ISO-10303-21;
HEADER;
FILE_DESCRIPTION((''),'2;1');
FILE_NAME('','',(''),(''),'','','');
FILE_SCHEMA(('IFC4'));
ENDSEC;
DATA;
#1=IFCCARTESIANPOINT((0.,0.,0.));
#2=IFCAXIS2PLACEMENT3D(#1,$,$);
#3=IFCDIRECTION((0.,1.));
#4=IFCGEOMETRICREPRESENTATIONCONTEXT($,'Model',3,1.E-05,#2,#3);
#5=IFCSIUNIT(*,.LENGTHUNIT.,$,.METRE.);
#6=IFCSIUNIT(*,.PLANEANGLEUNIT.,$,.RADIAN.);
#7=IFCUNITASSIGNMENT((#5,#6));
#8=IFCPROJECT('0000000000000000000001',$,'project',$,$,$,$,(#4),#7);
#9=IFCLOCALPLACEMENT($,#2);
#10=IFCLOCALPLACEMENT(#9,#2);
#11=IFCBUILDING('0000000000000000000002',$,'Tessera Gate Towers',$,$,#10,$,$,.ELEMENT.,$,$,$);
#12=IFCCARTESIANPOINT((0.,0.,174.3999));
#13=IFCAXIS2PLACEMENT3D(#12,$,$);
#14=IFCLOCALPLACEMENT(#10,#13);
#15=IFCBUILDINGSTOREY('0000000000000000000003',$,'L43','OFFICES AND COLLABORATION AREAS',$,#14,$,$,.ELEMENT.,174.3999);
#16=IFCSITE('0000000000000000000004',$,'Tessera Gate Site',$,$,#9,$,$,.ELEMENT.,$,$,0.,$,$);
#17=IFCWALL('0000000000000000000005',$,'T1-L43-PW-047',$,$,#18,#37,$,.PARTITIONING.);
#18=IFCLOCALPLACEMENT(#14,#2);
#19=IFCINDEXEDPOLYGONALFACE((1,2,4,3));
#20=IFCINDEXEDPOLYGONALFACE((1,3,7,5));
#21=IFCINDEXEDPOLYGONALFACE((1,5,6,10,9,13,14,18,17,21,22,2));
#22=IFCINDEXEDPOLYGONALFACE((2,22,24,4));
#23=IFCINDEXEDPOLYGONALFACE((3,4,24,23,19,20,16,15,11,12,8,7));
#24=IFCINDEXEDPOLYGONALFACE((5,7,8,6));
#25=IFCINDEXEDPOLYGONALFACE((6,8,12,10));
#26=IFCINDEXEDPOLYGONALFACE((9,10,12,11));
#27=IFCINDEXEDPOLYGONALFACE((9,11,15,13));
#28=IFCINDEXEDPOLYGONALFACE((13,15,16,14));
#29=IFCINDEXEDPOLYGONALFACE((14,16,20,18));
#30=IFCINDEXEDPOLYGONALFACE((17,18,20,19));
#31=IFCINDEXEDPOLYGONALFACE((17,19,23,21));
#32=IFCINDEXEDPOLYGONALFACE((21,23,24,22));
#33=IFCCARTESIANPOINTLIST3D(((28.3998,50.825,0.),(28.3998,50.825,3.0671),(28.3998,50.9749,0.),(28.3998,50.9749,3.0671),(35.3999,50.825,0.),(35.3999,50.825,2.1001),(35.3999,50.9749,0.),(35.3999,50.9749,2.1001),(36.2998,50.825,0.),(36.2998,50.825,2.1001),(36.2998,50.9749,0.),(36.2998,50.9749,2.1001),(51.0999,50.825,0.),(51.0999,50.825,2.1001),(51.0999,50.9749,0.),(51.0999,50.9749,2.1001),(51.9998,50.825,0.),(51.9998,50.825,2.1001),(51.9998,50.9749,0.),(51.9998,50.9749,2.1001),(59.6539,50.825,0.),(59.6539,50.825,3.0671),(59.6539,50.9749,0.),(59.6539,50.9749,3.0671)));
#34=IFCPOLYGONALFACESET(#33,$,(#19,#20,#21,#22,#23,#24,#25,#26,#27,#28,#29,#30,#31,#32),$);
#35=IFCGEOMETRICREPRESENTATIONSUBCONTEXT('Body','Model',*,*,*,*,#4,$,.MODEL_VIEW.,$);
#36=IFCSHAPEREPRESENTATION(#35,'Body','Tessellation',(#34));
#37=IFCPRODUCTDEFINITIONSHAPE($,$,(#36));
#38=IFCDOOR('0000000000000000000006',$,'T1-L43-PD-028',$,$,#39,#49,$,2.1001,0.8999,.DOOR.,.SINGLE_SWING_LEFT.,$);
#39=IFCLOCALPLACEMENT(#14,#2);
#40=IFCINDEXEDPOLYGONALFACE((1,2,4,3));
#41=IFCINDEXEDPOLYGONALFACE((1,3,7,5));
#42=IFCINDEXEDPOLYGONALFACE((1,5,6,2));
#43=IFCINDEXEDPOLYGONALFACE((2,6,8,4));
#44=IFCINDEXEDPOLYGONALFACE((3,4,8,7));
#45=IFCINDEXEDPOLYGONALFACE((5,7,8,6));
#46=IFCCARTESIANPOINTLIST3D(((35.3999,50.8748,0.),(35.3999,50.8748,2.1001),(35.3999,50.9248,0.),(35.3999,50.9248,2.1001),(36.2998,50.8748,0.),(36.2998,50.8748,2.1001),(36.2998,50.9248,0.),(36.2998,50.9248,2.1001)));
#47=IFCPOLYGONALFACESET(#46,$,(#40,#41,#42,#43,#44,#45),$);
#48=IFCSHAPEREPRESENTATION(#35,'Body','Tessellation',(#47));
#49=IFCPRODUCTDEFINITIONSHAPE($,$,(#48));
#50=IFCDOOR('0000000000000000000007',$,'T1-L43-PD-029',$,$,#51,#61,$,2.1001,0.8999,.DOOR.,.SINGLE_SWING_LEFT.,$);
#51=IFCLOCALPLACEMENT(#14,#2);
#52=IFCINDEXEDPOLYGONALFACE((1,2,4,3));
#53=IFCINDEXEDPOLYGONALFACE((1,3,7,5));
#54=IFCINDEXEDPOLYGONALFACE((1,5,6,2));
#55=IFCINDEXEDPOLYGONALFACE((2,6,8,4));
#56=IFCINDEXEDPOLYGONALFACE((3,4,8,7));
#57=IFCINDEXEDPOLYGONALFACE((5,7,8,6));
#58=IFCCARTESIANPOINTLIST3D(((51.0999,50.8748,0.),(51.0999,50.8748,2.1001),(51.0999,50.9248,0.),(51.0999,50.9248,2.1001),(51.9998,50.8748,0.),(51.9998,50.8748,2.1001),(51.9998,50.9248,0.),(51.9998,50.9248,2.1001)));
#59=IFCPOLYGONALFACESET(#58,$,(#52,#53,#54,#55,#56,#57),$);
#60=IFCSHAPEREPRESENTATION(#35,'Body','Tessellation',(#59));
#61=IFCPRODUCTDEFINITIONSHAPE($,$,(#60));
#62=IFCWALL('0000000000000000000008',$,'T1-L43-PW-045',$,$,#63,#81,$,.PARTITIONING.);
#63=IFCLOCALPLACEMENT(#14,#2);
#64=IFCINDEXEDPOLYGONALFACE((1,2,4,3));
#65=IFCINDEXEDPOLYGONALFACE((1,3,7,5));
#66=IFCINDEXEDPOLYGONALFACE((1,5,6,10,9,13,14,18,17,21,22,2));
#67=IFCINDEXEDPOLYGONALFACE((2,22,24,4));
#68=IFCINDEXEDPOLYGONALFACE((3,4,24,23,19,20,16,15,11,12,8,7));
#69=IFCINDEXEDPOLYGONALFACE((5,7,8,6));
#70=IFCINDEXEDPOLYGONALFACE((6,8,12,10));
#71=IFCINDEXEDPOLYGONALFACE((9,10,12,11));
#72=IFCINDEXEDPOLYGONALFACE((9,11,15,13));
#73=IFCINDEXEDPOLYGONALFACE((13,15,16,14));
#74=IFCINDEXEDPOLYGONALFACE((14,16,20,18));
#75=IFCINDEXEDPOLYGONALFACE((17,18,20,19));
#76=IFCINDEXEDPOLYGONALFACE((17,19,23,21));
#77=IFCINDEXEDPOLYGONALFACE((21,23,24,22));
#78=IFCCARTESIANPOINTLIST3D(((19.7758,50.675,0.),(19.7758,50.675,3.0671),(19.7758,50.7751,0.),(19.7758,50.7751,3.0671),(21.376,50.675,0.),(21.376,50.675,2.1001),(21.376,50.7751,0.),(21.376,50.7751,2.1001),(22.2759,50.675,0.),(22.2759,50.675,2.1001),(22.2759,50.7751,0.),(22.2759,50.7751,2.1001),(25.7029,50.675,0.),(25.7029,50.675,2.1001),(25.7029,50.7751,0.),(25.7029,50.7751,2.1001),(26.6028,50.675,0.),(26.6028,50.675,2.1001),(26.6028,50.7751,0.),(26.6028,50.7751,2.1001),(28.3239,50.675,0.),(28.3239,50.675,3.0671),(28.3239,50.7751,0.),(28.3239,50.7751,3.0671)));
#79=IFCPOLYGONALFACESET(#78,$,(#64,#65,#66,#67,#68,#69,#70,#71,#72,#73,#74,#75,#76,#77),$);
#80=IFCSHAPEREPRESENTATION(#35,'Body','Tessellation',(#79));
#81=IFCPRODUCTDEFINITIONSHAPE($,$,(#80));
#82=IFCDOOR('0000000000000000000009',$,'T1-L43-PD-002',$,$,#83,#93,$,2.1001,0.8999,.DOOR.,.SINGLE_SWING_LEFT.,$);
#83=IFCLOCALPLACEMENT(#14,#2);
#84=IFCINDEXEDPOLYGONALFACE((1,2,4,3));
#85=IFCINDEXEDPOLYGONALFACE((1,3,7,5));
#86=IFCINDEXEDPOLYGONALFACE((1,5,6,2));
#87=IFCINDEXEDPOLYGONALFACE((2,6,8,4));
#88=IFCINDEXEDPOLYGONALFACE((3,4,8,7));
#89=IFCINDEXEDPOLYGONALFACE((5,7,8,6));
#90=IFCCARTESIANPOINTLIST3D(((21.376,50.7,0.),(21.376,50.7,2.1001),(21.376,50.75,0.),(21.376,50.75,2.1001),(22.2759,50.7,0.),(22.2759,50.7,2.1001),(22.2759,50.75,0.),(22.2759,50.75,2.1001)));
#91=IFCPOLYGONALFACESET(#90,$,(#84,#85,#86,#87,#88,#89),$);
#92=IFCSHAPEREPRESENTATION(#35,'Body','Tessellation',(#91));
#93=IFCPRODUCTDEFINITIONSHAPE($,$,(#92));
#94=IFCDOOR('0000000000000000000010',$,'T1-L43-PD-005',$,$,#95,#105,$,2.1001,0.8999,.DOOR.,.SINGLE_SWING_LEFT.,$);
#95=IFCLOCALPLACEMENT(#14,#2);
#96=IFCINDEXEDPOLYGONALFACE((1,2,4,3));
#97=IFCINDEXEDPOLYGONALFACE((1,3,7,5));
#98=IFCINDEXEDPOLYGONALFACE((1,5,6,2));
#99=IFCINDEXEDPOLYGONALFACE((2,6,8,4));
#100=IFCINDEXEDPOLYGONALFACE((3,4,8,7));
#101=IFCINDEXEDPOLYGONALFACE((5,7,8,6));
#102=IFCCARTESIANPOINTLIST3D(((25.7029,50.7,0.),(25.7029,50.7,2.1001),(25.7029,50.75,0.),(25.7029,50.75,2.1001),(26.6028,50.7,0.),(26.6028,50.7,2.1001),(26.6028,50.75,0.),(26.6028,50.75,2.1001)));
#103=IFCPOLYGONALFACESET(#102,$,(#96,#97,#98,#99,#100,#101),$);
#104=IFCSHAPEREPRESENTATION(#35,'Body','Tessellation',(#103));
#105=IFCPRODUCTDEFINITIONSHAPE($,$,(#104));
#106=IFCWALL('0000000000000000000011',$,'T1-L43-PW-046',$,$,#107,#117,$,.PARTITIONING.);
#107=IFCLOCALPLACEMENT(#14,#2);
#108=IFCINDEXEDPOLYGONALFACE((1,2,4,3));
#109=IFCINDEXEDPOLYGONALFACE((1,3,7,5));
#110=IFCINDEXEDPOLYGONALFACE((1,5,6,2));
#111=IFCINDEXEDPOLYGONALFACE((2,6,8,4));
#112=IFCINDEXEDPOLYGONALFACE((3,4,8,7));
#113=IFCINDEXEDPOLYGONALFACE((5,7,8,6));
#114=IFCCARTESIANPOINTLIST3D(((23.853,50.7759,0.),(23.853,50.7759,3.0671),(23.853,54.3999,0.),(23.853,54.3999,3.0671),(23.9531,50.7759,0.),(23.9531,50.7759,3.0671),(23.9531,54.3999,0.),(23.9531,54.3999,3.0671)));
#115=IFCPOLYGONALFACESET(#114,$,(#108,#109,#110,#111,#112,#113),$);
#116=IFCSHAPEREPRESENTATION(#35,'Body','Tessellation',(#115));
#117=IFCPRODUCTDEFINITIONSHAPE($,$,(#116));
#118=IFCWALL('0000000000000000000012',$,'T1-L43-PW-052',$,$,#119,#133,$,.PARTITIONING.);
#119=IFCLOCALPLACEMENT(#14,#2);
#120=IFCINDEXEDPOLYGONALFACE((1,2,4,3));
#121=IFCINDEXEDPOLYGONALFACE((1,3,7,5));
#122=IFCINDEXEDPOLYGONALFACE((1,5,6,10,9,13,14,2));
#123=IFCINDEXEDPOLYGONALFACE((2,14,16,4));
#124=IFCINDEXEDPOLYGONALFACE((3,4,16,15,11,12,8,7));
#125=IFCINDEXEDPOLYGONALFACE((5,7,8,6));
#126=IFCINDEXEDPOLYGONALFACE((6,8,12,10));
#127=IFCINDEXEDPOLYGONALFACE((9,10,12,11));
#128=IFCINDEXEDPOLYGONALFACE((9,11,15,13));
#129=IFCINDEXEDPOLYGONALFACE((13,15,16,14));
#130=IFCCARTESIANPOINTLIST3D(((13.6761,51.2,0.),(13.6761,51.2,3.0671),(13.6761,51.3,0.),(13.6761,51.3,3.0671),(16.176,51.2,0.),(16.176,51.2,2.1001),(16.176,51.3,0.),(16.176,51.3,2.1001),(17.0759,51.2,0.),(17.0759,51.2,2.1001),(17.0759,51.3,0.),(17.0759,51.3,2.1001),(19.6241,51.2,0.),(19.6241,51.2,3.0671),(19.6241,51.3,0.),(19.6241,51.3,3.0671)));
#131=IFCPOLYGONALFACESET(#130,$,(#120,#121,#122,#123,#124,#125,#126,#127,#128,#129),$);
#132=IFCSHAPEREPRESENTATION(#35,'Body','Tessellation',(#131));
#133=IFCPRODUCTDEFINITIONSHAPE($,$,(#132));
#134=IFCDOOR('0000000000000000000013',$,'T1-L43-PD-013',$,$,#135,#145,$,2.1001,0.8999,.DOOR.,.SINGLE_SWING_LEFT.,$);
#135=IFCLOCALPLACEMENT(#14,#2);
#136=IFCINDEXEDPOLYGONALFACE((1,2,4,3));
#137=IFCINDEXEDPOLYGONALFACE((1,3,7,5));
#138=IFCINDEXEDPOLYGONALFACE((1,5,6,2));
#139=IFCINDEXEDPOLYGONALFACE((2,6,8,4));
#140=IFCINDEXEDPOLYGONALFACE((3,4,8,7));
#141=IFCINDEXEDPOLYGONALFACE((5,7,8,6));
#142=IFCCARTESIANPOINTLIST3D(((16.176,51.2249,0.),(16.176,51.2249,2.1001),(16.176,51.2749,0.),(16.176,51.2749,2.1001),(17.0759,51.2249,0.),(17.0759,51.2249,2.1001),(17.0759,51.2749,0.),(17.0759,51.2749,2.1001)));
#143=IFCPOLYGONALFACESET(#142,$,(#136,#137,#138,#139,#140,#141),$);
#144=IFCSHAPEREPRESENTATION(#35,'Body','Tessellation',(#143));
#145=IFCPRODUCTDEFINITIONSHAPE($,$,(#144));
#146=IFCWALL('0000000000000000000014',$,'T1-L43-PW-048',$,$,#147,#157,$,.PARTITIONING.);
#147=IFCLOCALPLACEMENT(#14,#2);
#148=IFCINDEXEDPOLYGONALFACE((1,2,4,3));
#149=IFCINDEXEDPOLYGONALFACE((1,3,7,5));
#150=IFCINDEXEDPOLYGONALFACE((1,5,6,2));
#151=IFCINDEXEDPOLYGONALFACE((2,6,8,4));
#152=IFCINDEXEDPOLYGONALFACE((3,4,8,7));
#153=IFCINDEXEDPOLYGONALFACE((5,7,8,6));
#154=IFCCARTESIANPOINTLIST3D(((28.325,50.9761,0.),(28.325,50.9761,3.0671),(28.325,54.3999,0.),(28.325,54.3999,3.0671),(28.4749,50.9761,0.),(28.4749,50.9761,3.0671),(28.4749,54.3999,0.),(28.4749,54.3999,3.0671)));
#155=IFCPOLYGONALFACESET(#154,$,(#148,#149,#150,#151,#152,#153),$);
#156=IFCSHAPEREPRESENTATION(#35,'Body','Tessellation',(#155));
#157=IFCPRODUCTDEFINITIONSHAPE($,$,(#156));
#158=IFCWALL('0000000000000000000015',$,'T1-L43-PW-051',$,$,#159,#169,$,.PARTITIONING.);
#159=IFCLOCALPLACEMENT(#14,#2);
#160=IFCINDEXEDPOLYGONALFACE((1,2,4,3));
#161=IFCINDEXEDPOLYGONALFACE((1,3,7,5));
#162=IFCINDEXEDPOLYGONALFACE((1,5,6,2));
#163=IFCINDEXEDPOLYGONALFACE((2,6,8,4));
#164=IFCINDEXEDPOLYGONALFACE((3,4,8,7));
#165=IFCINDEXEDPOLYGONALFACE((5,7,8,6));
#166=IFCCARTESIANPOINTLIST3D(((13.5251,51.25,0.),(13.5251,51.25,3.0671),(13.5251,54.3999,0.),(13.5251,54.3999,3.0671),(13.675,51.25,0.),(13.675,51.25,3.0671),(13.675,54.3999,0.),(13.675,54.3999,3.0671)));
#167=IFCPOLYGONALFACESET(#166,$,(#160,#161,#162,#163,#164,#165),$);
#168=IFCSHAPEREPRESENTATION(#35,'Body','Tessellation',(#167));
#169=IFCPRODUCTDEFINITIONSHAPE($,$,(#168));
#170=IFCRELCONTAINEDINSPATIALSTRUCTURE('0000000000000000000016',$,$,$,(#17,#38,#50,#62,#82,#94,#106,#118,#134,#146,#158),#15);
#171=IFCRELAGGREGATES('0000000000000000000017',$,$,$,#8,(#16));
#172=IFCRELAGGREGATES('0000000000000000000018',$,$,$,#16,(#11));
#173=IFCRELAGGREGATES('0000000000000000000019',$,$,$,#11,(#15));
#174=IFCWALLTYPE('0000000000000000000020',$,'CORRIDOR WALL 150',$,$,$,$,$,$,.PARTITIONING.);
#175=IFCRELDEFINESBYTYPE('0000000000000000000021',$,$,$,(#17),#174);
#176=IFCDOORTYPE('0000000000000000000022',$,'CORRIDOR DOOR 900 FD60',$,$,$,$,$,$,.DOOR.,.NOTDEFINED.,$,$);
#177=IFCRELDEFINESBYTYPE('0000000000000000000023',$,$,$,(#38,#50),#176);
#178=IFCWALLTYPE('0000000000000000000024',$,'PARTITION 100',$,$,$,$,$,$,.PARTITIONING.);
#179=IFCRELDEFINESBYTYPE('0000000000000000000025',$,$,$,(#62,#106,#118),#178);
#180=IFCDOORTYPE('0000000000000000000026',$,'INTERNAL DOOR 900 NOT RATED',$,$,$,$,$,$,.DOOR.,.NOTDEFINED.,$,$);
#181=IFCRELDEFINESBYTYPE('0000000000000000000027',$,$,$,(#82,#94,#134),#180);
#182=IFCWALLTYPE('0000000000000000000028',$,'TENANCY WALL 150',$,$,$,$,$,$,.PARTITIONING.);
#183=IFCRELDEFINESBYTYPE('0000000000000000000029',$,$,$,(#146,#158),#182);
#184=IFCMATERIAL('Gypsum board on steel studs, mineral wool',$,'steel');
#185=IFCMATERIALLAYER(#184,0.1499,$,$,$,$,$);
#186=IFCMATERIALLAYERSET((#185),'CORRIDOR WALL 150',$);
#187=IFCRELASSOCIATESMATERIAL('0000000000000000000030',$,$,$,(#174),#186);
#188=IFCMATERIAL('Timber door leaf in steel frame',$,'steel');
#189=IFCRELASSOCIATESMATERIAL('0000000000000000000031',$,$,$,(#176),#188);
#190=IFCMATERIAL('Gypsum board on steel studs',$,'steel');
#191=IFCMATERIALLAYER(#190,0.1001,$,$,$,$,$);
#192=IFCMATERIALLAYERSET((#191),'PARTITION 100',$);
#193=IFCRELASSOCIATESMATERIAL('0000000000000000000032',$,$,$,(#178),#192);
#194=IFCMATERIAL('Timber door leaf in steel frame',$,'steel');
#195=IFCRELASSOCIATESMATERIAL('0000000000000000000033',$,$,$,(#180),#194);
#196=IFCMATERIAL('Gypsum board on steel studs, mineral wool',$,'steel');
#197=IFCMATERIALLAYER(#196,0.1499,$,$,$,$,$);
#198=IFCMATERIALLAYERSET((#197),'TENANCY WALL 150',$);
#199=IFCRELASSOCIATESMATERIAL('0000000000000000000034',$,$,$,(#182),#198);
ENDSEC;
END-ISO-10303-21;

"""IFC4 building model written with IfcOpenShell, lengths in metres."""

from ifc_helpers import new_model, si_unit, direction, frame, frame_2d, origin, place, context, subcontext, project, spatial, rectangle, extrude, source, transform, mapped, material, layer, layer_set, type_object, element, fill, save


model = new_model("IFC4")

# Units and contexts
model_context = context("Model", 3, precision=1e-05, world=origin(), true_north=direction((0.0, 1.0)))
body_context = subcontext(model_context, "Body", "Model", "MODEL_VIEW")
ifc_project = project(units=[si_unit("LENGTHUNIT", "METRE"), si_unit("PLANEANGLEUNIT", "RADIAN")], contexts=[model_context])

# Site, building, storey
site_placement = place(None, origin())
site = spatial("IfcSite", under=ifc_project, at=site_placement, Name="Tessera Gate Site", CompositionType="ELEMENT", RefElevation=0.0)
building_placement = place(site_placement, origin())
building = spatial("IfcBuilding", under=site, at=building_placement, Name="Tessera Gate Towers", CompositionType="ELEMENT")
storey_placement = place(building_placement, frame((0.0, 0.0, 174.3999)))
storey = spatial("IfcBuildingStorey", under=building, at=storey_placement, Name="L43", Description="OFFICES AND COLLABORATION AREAS", CompositionType="ELEMENT", Elevation=174.3999)

# Shared definitions
ifc_material_1 = material(Name="Gypsum board on steel studs, mineral wool", Category="steel")
ifc_layer_1 = layer(ifc_material_1, 0.1499)
ifc_layer_set_1 = layer_set([ifc_layer_1], Name="CORRIDOR WALL 150")
wall_type_1 = type_object("IfcWallType", Name="CORRIDOR WALL 150", PredefinedType="PARTITIONING", material=ifc_layer_set_1)

# Walls, openings, doors
wall_1_placement = place(storey_placement, frame((28.3999, 50.8999, 0.0), z_axis=(0.0, 0.0, 1.0), x_axis=(1.0, 0.0, 0.0)))
wall_1 = element("IfcWall", 1, at=wall_1_placement, inside=storey, type_object=wall_type_1, Name="T1-L43-PW-047", PredefinedType="PARTITIONING", context=body_context, shape_type="SweptSolid", body=[
    extrude(rectangle(XDim=31.2542, YDim=0.1499, at=frame_2d((15.627, 0.0))), origin(), (0.0, 0.0, 1.0), 3.0671),
])
shared_shape_1 = source(origin(), body_context, "Body", "SweptSolid", [
    extrude(rectangle(XDim=0.8999, YDim=2.1001, at=frame_2d((0.45, 1.05))), frame((0.0, 0.085, 0.0), z_axis=(0.0, -1.0, 0.0), x_axis=(1.0, 0.0, 0.0)), (0.0, 0.0, 1.0), 0.1699),
])
opening_1_placement = place(wall_1_placement, frame((7.0, 0.0, 0.0)))
opening_1 = element("IfcOpeningElement", 2, at=opening_1_placement, cuts=wall_1, PredefinedType="OPENING", context=body_context, shape_type="MappedRepresentation", body=[
    mapped(shared_shape_1, transform((0.0, 0.0, 0.0), scale=1.0)),
])
opening_2_placement = place(wall_1_placement, frame((22.7, 0.0, 0.0)))
opening_2 = element("IfcOpeningElement", 3, at=opening_2_placement, cuts=wall_1, PredefinedType="OPENING", context=body_context, shape_type="MappedRepresentation", body=[
    mapped(shared_shape_1, transform((0.0, 0.0, 0.0), scale=1.0)),
])
ifc_material_2 = material(Name="Timber door leaf in steel frame", Category="steel")
door_type_1 = type_object("IfcDoorType", Name="CORRIDOR DOOR 900 FD60", OperationType="NOTDEFINED", PredefinedType="DOOR", material=ifc_material_2)
shared_shape_2 = source(origin(), body_context, "Body", "SweptSolid", [
    extrude(rectangle(XDim=0.8999, YDim=2.1001, at=frame_2d((0.45, 1.05))), frame((0.0, 0.0249, 0.0), z_axis=(0.0, -1.0, 0.0), x_axis=(1.0, 0.0, 0.0)), (0.0, 0.0, 1.0), 0.05),
])
door_1_placement = place(opening_1_placement, origin())
door_1 = element("IfcDoor", 4, at=door_1_placement, inside=storey, type_object=door_type_1, Name="T1-L43-PD-028", OperationType="SINGLE_SWING_LEFT", OverallHeight=2.1001, OverallWidth=0.8999, PredefinedType="DOOR", context=body_context, shape_type="MappedRepresentation", body=[
    mapped(shared_shape_2, transform((0.0, 0.0, 0.0), scale=1.0)),
])
fill(opening_1, door_1)
door_2_placement = place(opening_2_placement, origin())
door_2 = element("IfcDoor", 5, at=door_2_placement, inside=storey, type_object=door_type_1, Name="T1-L43-PD-029", OperationType="SINGLE_SWING_LEFT", OverallHeight=2.1001, OverallWidth=0.8999, PredefinedType="DOOR", context=body_context, shape_type="MappedRepresentation", body=[
    mapped(shared_shape_2, transform((0.0, 0.0, 0.0), scale=1.0)),
])
fill(opening_2, door_2)
ifc_material_3 = material(Name="Gypsum board on steel studs", Category="steel")
ifc_layer_2 = layer(ifc_material_3, 0.1001)
ifc_layer_set_2 = layer_set([ifc_layer_2], Name="PARTITION 100")
wall_type_2 = type_object("IfcWallType", Name="PARTITION 100", PredefinedType="PARTITIONING", material=ifc_layer_set_2)
wall_2_placement = place(storey_placement, frame((19.7759, 50.7251, 0.0), z_axis=(0.0, 0.0, 1.0), x_axis=(1.0, 0.0, 0.0)))
wall_2 = element("IfcWall", 6, at=wall_2_placement, inside=storey, type_object=wall_type_2, Name="T1-L43-PW-045", PredefinedType="PARTITIONING", context=body_context, shape_type="SweptSolid", body=[
    extrude(rectangle(XDim=8.5481, YDim=0.1001, at=frame_2d((4.2739, 0.0))), origin(), (0.0, 0.0, 1.0), 3.0671),
])
shared_shape_3 = source(origin(), body_context, "Body", "SweptSolid", [
    extrude(rectangle(XDim=0.8999, YDim=2.1001, at=frame_2d((0.45, 1.05))), frame((0.0, 0.0601, 0.0), z_axis=(0.0, -1.0, 0.0), x_axis=(1.0, 0.0, 0.0)), (0.0, 0.0, 1.0), 0.1201),
])
opening_3_placement = place(wall_2_placement, frame((1.6001, 0.0, 0.0)))
opening_3 = element("IfcOpeningElement", 7, at=opening_3_placement, cuts=wall_2, PredefinedType="OPENING", context=body_context, shape_type="MappedRepresentation", body=[
    mapped(shared_shape_3, transform((0.0, 0.0, 0.0), scale=1.0)),
])
opening_4_placement = place(wall_2_placement, frame((5.927, 0.0, 0.0)))
opening_4 = element("IfcOpeningElement", 8, at=opening_4_placement, cuts=wall_2, PredefinedType="OPENING", context=body_context, shape_type="MappedRepresentation", body=[
    mapped(shared_shape_3, transform((0.0, 0.0, 0.0), scale=1.0)),
])
ifc_material_4 = material(Name="Timber door leaf in steel frame", Category="steel")
door_type_2 = type_object("IfcDoorType", Name="INTERNAL DOOR 900 NOT RATED", OperationType="NOTDEFINED", PredefinedType="DOOR", material=ifc_material_4)
door_3_placement = place(opening_3_placement, origin())
door_3 = element("IfcDoor", 9, at=door_3_placement, inside=storey, type_object=door_type_2, Name="T1-L43-PD-002", OperationType="SINGLE_SWING_LEFT", OverallHeight=2.1001, OverallWidth=0.8999, PredefinedType="DOOR", context=body_context, shape_type="MappedRepresentation", body=[
    mapped(shared_shape_2, transform((0.0, 0.0, 0.0), scale=1.0)),
])
fill(opening_3, door_3)
door_4_placement = place(opening_4_placement, origin())
door_4 = element("IfcDoor", 10, at=door_4_placement, inside=storey, type_object=door_type_2, Name="T1-L43-PD-005", OperationType="SINGLE_SWING_LEFT", OverallHeight=2.1001, OverallWidth=0.8999, PredefinedType="DOOR", context=body_context, shape_type="MappedRepresentation", body=[
    mapped(shared_shape_2, transform((0.0, 0.0, 0.0), scale=1.0)),
])
fill(opening_4, door_4)

# Wall
wall_3_placement = place(storey_placement, frame((23.9031, 50.7759, 0.0), z_axis=(0.0, 0.0, 1.0), x_axis=(0.0, 1.0, 0.0)))
element("IfcWall", 11, at=wall_3_placement, inside=storey, type_object=wall_type_2, Name="T1-L43-PW-046", PredefinedType="PARTITIONING", context=body_context, shape_type="SweptSolid", body=[
    extrude(rectangle(XDim=3.624, YDim=0.1001, at=frame_2d((1.812, 0.0))), origin(), (0.0, 0.0, 1.0), 3.0671),
])

# Wall, opening, door
wall_4_placement = place(storey_placement, frame((13.676, 51.25, 0.0), z_axis=(0.0, 0.0, 1.0), x_axis=(1.0, 0.0, 0.0)))
wall_4 = element("IfcWall", 12, at=wall_4_placement, inside=storey, type_object=wall_type_2, Name="T1-L43-PW-052", PredefinedType="PARTITIONING", context=body_context, shape_type="SweptSolid", body=[
    extrude(rectangle(XDim=5.948, YDim=0.1001, at=frame_2d((2.9741, 0.0))), origin(), (0.0, 0.0, 1.0), 3.0671),
])
opening_5_placement = place(wall_4_placement, frame((2.5, 0.0, 0.0)))
opening_5 = element("IfcOpeningElement", 13, at=opening_5_placement, cuts=wall_4, PredefinedType="OPENING", context=body_context, shape_type="MappedRepresentation", body=[
    mapped(shared_shape_3, transform((0.0, 0.0, 0.0), scale=1.0)),
])
door_5_placement = place(opening_5_placement, origin())
door_5 = element("IfcDoor", 14, at=door_5_placement, inside=storey, type_object=door_type_2, Name="T1-L43-PD-013", OperationType="SINGLE_SWING_LEFT", OverallHeight=2.1001, OverallWidth=0.8999, PredefinedType="DOOR", context=body_context, shape_type="MappedRepresentation", body=[
    mapped(shared_shape_2, transform((0.0, 0.0, 0.0), scale=1.0)),
])
fill(opening_5, door_5)

# Walls
ifc_material_5 = material(Name="Gypsum board on steel studs, mineral wool", Category="steel")
ifc_layer_3 = layer(ifc_material_5, 0.1499)
ifc_layer_set_3 = layer_set([ifc_layer_3], Name="TENANCY WALL 150")
wall_type_3 = type_object("IfcWallType", Name="TENANCY WALL 150", PredefinedType="PARTITIONING", material=ifc_layer_set_3)
wall_5_placement = place(storey_placement, frame((28.3999, 50.9761, 0.0), z_axis=(0.0, 0.0, 1.0), x_axis=(0.0, 1.0, 0.0)))
element("IfcWall", 15, at=wall_5_placement, inside=storey, type_object=wall_type_3, Name="T1-L43-PW-048", PredefinedType="PARTITIONING", context=body_context, shape_type="SweptSolid", body=[
    extrude(rectangle(XDim=3.4238, YDim=0.1499, at=frame_2d((1.7119, 0.0))), origin(), (0.0, 0.0, 1.0), 3.0671),
])
wall_6_placement = place(storey_placement, frame((13.6001, 51.25, 0.0), z_axis=(0.0, 0.0, 1.0), x_axis=(0.0, 1.0, 0.0)))
element("IfcWall", 16, at=wall_6_placement, inside=storey, type_object=wall_type_3, Name="T1-L43-PW-051", PredefinedType="PARTITIONING", context=body_context, shape_type="SweptSolid", body=[
    extrude(rectangle(XDim=3.1499, YDim=0.1499, at=frame_2d((1.575, 0.0))), origin(), (0.0, 0.0, 1.0), 3.0671),
])

save(model, "model.ifc")
